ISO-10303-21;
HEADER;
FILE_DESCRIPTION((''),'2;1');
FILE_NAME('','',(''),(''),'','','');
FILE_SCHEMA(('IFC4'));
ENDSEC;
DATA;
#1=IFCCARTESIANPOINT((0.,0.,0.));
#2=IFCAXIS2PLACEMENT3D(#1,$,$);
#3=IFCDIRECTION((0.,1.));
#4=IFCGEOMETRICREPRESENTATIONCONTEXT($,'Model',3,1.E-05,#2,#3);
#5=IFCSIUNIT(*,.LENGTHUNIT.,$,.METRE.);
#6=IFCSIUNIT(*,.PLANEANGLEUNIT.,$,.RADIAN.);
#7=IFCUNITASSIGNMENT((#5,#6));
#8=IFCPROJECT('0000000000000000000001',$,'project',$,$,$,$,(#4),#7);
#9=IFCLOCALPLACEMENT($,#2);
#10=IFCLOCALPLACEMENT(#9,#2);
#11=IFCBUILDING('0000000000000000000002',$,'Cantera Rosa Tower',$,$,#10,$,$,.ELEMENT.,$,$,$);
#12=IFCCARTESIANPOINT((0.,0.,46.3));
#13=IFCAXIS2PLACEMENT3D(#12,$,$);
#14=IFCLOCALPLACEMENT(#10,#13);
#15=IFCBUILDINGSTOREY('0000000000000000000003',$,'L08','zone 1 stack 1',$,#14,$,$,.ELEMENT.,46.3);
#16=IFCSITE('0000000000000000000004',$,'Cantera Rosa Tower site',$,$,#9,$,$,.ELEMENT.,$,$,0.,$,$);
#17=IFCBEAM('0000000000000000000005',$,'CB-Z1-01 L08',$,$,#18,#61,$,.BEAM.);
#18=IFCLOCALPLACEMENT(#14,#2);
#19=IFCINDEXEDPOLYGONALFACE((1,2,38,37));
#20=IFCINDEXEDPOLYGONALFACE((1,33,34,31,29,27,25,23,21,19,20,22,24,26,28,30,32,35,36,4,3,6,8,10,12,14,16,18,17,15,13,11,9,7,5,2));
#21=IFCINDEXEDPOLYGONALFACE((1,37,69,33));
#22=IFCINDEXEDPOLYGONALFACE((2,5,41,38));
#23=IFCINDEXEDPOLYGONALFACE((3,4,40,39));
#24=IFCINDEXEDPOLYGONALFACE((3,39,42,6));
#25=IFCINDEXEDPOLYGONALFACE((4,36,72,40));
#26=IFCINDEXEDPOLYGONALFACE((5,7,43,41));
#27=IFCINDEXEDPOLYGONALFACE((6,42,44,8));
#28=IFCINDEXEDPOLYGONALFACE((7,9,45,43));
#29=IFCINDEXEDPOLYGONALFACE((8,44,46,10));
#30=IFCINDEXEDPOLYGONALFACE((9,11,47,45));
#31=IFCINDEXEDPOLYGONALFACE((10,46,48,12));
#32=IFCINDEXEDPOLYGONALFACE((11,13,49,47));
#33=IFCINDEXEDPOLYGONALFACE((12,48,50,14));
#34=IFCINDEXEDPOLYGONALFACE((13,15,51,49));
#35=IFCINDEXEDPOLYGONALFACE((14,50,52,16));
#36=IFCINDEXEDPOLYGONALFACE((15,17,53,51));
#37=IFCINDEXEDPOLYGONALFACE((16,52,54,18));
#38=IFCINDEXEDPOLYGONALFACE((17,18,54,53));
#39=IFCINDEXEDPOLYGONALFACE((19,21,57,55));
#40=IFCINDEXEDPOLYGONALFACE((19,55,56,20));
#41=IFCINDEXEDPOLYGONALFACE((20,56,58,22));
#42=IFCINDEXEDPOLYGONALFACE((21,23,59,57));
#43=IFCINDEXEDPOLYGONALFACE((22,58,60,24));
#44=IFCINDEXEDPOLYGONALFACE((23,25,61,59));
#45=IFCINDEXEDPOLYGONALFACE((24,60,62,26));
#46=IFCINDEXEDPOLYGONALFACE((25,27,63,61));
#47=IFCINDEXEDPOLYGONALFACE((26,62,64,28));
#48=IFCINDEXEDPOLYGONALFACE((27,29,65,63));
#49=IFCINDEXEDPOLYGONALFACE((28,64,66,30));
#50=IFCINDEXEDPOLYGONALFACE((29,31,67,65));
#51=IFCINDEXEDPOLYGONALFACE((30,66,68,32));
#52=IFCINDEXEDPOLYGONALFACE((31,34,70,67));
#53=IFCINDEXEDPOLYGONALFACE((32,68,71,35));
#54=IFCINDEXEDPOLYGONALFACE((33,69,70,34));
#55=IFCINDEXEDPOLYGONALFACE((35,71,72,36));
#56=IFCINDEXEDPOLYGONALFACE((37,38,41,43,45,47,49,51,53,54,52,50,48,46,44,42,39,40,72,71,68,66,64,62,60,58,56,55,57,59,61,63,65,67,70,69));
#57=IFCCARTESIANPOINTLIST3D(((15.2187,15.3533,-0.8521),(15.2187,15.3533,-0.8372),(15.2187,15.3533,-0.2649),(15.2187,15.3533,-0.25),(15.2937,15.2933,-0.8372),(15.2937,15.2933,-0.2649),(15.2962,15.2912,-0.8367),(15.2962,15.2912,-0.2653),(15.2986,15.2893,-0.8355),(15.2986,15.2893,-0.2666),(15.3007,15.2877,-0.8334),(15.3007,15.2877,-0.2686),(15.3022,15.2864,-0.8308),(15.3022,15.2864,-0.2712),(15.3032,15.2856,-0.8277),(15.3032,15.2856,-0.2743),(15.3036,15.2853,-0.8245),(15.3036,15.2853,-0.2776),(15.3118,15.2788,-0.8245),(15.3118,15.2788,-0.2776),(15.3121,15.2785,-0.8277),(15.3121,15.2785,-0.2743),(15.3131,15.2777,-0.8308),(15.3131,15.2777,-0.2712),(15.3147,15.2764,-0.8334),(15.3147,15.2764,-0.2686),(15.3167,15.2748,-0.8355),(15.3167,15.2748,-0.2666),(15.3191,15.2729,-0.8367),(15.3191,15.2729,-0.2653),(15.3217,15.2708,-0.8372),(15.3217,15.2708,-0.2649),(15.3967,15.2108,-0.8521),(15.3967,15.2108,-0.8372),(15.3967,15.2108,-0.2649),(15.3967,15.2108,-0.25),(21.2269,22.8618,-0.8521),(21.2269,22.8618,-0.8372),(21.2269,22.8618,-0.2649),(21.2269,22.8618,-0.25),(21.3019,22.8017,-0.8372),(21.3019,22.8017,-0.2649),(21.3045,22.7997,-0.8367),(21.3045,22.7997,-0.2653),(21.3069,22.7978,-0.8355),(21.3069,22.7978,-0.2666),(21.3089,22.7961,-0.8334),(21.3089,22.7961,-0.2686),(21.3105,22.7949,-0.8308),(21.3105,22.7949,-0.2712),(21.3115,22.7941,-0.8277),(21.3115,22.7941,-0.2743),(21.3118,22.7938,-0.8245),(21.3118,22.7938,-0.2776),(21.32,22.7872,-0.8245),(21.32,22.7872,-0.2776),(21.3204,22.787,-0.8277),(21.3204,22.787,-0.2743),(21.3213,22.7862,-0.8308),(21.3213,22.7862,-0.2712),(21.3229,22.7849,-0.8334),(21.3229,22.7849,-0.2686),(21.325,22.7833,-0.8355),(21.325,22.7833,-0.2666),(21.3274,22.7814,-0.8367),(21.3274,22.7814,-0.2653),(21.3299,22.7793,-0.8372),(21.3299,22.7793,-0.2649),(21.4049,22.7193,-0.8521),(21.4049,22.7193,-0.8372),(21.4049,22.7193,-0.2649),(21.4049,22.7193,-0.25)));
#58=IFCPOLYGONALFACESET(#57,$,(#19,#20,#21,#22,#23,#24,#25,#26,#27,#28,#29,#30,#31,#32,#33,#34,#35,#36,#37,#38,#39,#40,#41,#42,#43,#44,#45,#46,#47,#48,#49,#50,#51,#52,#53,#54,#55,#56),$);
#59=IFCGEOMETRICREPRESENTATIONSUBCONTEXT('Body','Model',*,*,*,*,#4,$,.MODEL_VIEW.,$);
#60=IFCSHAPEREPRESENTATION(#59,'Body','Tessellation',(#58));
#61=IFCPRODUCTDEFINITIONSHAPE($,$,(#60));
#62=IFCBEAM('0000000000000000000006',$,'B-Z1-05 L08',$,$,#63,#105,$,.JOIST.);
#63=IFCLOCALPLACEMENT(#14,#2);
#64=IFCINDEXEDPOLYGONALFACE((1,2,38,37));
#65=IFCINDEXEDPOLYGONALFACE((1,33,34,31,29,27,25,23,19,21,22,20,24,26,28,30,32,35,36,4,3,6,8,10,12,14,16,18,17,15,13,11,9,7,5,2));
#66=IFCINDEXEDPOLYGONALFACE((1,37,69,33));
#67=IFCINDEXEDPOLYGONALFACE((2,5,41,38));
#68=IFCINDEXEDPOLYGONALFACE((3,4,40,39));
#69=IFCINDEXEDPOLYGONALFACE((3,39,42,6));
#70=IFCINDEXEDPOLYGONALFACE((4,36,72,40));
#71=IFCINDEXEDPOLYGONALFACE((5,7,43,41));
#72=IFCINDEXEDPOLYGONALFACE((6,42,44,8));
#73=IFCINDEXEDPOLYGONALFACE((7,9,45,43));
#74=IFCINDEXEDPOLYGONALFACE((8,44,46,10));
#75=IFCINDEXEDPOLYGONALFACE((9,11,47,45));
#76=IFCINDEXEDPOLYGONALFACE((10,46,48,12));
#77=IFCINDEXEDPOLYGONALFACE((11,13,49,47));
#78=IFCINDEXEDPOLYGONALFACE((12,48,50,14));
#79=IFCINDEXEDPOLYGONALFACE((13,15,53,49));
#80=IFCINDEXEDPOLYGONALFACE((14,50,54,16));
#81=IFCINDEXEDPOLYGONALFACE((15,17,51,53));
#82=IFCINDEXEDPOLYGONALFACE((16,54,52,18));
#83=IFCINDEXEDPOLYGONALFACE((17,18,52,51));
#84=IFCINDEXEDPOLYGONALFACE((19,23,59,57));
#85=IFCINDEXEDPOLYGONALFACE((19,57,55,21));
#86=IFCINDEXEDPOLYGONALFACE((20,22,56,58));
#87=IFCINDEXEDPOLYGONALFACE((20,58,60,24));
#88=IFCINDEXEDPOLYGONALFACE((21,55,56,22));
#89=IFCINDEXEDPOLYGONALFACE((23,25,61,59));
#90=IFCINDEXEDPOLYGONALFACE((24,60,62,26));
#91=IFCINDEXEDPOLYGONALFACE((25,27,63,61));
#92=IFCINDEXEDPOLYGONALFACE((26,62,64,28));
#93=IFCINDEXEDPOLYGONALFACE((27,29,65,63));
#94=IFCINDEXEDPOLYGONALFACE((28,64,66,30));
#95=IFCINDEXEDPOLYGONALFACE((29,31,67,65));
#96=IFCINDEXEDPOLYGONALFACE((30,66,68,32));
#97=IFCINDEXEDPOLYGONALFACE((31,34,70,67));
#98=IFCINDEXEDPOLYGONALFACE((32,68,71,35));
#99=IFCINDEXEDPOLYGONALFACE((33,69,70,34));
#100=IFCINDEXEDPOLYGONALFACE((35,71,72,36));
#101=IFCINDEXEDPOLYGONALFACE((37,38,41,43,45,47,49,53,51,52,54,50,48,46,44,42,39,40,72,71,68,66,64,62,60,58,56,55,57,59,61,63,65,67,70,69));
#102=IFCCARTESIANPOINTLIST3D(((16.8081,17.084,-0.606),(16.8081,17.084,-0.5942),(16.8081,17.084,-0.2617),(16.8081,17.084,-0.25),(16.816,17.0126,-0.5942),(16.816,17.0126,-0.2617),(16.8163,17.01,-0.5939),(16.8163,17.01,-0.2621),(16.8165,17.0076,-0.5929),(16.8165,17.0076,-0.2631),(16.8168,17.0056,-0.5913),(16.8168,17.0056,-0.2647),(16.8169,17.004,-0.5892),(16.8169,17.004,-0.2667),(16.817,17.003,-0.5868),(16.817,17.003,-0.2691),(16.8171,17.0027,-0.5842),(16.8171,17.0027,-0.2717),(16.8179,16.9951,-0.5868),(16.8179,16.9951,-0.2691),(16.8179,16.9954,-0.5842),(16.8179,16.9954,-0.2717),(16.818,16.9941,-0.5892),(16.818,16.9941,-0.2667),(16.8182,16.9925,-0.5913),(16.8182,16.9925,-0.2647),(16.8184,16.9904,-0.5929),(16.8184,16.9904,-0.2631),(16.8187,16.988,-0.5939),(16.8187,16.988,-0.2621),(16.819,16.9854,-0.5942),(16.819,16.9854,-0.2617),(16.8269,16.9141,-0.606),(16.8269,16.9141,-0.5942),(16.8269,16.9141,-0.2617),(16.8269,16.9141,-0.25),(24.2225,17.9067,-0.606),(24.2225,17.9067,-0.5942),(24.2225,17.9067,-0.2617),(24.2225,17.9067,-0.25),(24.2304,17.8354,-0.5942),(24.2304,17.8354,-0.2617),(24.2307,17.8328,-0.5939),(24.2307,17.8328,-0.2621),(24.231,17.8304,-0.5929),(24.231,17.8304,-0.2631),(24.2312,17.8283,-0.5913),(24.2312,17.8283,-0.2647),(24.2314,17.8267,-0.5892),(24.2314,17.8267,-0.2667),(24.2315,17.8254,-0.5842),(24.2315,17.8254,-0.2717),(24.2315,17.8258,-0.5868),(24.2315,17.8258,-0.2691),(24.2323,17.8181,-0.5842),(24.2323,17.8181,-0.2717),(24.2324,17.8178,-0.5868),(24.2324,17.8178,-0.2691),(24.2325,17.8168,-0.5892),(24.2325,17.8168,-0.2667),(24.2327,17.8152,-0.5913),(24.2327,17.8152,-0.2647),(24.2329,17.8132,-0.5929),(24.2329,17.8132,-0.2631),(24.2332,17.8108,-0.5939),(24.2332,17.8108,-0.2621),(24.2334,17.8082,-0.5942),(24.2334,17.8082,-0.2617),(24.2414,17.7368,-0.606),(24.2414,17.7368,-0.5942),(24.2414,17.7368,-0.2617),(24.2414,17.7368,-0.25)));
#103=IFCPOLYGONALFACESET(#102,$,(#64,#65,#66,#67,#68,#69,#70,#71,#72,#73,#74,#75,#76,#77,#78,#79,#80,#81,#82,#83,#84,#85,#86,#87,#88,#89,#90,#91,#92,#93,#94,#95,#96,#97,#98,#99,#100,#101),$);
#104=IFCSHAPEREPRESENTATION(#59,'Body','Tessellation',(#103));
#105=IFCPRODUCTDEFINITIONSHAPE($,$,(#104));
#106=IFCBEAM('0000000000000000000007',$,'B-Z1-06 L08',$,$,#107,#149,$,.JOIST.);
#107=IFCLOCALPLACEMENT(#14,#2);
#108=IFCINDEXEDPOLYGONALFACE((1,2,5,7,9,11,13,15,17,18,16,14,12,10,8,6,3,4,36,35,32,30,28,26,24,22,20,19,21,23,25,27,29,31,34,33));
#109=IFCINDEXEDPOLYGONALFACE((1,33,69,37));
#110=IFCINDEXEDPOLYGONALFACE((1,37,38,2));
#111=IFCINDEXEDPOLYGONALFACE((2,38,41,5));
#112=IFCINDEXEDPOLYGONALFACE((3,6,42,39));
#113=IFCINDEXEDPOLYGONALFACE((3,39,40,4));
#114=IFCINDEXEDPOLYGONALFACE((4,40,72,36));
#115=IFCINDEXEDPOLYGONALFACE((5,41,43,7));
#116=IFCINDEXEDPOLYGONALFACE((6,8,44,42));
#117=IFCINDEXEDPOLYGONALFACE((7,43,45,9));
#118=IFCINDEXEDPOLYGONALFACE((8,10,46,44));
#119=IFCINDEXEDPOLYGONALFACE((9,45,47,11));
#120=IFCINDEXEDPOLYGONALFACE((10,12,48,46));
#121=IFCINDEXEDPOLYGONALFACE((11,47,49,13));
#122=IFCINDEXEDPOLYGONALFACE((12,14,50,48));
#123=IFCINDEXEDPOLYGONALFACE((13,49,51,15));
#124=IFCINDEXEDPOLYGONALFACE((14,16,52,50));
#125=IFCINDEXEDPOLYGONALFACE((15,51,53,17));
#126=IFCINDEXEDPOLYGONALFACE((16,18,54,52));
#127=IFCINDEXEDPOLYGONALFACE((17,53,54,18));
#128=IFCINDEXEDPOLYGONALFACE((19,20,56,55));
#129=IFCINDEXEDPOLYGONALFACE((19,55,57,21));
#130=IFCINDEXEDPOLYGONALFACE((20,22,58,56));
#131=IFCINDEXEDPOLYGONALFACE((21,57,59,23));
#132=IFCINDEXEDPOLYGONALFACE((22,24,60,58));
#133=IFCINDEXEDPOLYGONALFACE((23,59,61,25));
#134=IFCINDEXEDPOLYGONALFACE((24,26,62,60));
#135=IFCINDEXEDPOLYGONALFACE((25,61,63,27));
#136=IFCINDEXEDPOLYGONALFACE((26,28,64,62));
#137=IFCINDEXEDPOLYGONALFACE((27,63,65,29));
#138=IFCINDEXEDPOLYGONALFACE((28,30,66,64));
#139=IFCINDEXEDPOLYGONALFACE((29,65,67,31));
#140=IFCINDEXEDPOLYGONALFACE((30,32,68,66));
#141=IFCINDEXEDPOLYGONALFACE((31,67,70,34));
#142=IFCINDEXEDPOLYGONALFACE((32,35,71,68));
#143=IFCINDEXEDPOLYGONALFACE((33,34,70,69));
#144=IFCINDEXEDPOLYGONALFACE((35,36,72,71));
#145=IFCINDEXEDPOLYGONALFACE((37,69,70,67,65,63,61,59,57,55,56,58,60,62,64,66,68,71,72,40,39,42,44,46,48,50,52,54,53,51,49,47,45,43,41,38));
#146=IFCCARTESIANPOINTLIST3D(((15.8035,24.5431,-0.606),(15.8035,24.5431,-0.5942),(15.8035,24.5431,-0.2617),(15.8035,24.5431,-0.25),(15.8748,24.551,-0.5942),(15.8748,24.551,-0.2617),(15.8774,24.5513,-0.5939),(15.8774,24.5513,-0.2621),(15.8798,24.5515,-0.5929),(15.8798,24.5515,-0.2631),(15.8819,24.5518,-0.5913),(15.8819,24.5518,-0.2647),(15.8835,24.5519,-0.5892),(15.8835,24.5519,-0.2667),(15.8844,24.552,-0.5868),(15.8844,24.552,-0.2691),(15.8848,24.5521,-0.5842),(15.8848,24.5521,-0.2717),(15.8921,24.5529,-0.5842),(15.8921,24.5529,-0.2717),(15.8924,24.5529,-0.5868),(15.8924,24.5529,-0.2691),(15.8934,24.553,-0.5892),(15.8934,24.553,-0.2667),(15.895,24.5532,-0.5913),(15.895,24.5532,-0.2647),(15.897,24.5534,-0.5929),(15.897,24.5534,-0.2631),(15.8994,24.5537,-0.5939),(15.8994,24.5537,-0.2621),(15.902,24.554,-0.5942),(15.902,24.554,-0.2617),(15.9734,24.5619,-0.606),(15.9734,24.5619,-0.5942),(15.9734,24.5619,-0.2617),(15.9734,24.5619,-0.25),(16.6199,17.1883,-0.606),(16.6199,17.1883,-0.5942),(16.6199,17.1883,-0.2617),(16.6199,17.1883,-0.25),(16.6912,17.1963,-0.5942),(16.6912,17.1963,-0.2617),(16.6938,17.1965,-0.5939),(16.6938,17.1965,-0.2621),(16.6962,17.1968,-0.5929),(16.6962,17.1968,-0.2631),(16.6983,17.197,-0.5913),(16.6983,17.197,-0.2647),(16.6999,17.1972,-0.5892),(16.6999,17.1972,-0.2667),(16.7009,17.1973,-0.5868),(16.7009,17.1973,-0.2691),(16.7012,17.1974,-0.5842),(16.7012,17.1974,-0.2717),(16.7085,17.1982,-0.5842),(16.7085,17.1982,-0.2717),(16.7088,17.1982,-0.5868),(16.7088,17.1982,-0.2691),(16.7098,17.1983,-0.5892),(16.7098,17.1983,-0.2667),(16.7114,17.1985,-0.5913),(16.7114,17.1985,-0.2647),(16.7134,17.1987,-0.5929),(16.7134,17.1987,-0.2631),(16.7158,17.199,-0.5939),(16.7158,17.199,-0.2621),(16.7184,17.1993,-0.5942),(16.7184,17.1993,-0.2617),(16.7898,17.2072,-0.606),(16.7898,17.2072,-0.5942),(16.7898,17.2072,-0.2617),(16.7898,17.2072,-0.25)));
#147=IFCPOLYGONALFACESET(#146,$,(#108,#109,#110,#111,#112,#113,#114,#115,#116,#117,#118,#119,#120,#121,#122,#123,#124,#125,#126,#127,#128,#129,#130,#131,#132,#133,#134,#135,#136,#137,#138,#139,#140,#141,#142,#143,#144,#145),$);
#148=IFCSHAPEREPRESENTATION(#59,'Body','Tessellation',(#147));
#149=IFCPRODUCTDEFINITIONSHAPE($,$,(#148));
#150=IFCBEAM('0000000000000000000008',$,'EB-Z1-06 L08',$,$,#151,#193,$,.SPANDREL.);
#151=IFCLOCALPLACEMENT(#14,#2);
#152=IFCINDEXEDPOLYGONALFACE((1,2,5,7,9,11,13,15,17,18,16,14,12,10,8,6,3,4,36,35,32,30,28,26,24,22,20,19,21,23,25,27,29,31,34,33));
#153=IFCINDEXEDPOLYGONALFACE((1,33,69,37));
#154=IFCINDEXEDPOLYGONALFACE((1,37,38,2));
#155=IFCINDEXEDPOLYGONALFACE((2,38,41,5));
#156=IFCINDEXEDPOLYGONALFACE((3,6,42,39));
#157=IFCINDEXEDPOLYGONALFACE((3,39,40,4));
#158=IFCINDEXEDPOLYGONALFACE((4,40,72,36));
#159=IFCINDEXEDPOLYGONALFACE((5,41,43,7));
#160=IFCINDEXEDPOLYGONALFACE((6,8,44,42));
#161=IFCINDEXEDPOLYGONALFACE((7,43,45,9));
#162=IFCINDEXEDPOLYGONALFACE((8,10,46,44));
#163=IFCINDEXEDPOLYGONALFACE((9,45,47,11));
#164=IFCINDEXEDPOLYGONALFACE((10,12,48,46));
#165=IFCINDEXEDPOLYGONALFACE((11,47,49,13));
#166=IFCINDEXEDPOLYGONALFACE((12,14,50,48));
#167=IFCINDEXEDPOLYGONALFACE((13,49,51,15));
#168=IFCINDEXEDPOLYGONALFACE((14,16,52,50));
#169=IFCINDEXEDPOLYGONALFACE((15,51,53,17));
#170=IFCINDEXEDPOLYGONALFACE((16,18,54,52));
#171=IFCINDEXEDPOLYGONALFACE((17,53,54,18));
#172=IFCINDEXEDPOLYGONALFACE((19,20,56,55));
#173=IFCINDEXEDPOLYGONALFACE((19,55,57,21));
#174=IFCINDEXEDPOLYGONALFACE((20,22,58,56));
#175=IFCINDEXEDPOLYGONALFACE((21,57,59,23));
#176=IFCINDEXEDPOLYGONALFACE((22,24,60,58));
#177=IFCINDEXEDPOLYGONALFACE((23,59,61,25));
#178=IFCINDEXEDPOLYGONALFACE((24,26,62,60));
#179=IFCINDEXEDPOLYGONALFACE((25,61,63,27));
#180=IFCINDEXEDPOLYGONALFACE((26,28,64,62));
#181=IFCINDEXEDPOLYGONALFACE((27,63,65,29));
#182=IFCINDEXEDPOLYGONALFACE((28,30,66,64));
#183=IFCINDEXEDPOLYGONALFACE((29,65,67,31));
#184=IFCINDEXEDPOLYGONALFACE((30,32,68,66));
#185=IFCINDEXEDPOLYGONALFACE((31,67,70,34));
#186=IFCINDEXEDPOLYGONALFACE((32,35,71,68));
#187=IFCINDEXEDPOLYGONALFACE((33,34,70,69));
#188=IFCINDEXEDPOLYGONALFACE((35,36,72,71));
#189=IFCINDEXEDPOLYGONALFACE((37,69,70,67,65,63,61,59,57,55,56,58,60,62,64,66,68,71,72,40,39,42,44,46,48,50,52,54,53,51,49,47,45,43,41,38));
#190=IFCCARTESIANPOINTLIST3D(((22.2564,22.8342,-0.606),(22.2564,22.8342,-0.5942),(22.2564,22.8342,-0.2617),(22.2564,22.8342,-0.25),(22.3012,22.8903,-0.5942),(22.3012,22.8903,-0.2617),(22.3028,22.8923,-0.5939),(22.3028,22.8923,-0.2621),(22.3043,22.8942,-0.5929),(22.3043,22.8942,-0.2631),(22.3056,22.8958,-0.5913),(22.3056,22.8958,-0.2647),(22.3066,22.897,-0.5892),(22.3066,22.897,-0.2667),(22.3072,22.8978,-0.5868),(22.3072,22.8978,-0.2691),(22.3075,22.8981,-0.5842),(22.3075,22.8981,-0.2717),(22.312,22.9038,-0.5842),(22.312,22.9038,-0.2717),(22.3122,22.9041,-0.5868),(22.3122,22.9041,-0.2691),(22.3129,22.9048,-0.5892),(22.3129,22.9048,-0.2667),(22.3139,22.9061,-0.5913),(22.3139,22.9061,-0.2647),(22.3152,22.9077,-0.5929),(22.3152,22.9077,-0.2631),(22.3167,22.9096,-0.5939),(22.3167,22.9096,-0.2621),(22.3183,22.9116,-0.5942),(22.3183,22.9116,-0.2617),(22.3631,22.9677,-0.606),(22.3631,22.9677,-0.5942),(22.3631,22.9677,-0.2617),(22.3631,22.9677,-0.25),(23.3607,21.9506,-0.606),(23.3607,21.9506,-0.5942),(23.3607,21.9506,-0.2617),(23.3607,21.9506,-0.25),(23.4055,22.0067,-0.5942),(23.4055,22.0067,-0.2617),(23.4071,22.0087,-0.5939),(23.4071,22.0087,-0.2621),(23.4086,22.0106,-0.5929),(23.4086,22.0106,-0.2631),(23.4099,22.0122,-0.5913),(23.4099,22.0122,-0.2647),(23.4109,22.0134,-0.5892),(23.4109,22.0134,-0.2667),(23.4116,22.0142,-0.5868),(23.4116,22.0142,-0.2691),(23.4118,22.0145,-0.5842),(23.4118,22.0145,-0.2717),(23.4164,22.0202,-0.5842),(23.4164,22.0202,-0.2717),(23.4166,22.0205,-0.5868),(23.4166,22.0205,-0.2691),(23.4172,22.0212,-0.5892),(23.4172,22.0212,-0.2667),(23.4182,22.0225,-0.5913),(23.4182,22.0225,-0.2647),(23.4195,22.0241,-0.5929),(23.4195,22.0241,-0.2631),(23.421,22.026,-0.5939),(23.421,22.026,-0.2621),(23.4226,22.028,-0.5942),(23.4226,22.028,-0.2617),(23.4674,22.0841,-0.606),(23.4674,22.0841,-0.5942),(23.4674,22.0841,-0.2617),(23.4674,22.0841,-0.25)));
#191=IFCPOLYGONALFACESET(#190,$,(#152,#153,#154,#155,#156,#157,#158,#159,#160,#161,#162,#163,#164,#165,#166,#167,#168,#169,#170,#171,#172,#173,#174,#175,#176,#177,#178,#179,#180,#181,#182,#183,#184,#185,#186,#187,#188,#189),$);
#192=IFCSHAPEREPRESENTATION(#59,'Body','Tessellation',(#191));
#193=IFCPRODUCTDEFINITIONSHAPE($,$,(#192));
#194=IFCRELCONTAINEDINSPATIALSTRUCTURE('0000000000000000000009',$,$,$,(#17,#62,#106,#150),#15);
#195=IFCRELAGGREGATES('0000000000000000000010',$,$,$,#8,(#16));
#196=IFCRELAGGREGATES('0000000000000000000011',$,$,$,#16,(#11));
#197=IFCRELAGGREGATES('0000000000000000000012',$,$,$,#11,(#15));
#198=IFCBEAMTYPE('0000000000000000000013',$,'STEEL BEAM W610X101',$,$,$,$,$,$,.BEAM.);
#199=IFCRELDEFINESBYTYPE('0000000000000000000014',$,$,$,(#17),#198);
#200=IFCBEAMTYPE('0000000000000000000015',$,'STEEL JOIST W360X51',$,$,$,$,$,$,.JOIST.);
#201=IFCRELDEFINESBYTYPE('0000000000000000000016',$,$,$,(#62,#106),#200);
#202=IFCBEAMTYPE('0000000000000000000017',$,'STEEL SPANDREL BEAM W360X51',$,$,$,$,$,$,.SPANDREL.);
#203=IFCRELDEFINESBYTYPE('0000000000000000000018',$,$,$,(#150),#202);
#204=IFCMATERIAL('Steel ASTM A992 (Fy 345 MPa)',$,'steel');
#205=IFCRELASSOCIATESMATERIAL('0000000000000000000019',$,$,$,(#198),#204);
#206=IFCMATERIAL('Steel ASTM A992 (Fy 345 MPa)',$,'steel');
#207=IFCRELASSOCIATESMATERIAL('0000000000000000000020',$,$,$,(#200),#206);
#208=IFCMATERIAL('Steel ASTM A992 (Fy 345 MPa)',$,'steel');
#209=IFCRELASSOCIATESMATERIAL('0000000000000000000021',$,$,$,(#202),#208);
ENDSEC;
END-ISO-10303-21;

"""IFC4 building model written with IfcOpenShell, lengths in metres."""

from ifc_helpers import new_model, si_unit, direction, frame, origin, origin_2d, place, context, subcontext, project, spatial, i_section, extrude, material, material_profile, profile_set, type_object, element, save


model = new_model("IFC4")

# Units and contexts
model_context = context("Model", 3, precision=1e-05, world=origin(), true_north=direction((0.0, 1.0)))
body_context = subcontext(model_context, "Body", "Model", "MODEL_VIEW")
ifc_project = project(units=[si_unit("LENGTHUNIT", "METRE"), si_unit("PLANEANGLEUNIT", "RADIAN")], contexts=[model_context])

# Site, building, storey
site_placement = place(None, origin())
site = spatial("IfcSite", under=ifc_project, at=site_placement, Name="Cantera Rosa Tower site", CompositionType="ELEMENT", RefElevation=0.0)
building_placement = place(site_placement, origin())
building = spatial("IfcBuilding", under=site, at=building_placement, Name="Cantera Rosa Tower", CompositionType="ELEMENT")
storey_placement = place(building_placement, frame((0.0, 0.0, 46.3)))
storey = spatial("IfcBuildingStorey", under=building, at=storey_placement, Name="L08", Description="zone 1 stack 1", CompositionType="ELEMENT", Elevation=46.3)

# Beams
ifc_material_1 = material(Name="Steel ASTM A992 (Fy 345 MPa)", Category="steel")
ifc_material_profile_1 = material_profile(ifc_material_1, i_section(OverallWidth=0.228, OverallDepth=0.6021, WebThickness=0.0105, FlangeThickness=0.0149, FilletRadius=0.0127, at=origin_2d()), Name="W610X101")
ifc_profile_set_1 = profile_set([ifc_material_profile_1], Name="Steel ASTM A992 (Fy 345 MPa)")
beam_type_1 = type_object("IfcBeamType", Name="STEEL BEAM W610X101", PredefinedType="BEAM", material=ifc_profile_set_1)
beam_1_placement = place(storey_placement, frame((21.3159, 22.7905, -0.551), z_axis=(-0.624788, -0.780794, 0.0), x_axis=(0.780794, -0.624788, 0.0)))
element("IfcBeam", 1, at=beam_1_placement, inside=storey, type_object=beam_type_1, Name="CB-Z1-01 L08", PredefinedType="BEAM", context=body_context, shape_type="SweptSolid", body=[
    extrude(i_section(OverallWidth=0.228, OverallDepth=0.6021, WebThickness=0.0105, FlangeThickness=0.0149, FilletRadius=0.0127, at=origin_2d()), origin(), (0.0, 0.0, 1.0), 9.6165),
])
ifc_material_2 = material(Name="Steel ASTM A992 (Fy 345 MPa)", Category="steel")
ifc_material_profile_2 = material_profile(ifc_material_2, i_section(OverallWidth=0.1709, OverallDepth=0.356, WebThickness=0.0073, FlangeThickness=0.0117, FilletRadius=0.01, at=origin_2d()), Name="W360X51")
ifc_profile_set_2 = profile_set([ifc_material_profile_2], Name="Steel ASTM A992 (Fy 345 MPa)")
beam_type_2 = type_object("IfcBeamType", Name="STEEL JOIST W360X51", PredefinedType="JOIST", material=ifc_profile_set_2)
beam_2_placement = place(storey_placement, frame((24.2319, 17.8218, -0.428), z_axis=(-0.9939, -0.110288, 0.0), x_axis=(0.110288, -0.9939, 0.0)))
element("IfcBeam", 2, at=beam_2_placement, inside=storey, type_object=beam_type_2, Name="B-Z1-05 L08", PredefinedType="JOIST", context=body_context, shape_type="SweptSolid", body=[
    extrude(i_section(OverallWidth=0.1709, OverallDepth=0.356, WebThickness=0.0073, FlangeThickness=0.0117, FilletRadius=0.01, at=origin_2d()), origin(), (0.0, 0.0, 1.0), 7.46),
])
beam_3_placement = place(storey_placement, frame((15.8884, 24.5525, -0.428), z_axis=(0.110327, -0.993895, 0.0), x_axis=(0.993895, 0.110327, 0.0)))
element("IfcBeam", 3, at=beam_3_placement, inside=storey, type_object=beam_type_2, Name="B-Z1-06 L08", PredefinedType="JOIST", context=body_context, shape_type="SweptSolid", body=[
    extrude(i_section(OverallWidth=0.1709, OverallDepth=0.356, WebThickness=0.0073, FlangeThickness=0.0117, FilletRadius=0.01, at=origin_2d()), origin(), (0.0, 0.0, 1.0), 7.3999),
])
ifc_material_3 = material(Name="Steel ASTM A992 (Fy 345 MPa)", Category="steel")
ifc_material_profile_3 = material_profile(ifc_material_3, i_section(OverallWidth=0.1709, OverallDepth=0.356, WebThickness=0.0073, FlangeThickness=0.0117, FilletRadius=0.01, at=origin_2d()), Name="W360X51")
ifc_profile_set_3 = profile_set([ifc_material_profile_3], Name="Steel ASTM A992 (Fy 345 MPa)")
beam_type_3 = type_object("IfcBeamType", Name="STEEL SPANDREL BEAM W360X51", PredefinedType="SPANDREL", material=ifc_profile_set_3)
for number, where, z_axis, x_axis, name in (
    (4, (23.4141, 22.0173, -0.428), (-0.780818, 0.624758, 0.0), (-0.624758, -0.780818, 0.0), "EB-Z1-06 L08"),
):
    element("IfcBeam", number, at=place(storey_placement, frame(where, z_axis=z_axis, x_axis=x_axis)), inside=storey, type_object=beam_type_3, Name=name, PredefinedType="SPANDREL", context=body_context, shape_type="SweptSolid", body=[
        extrude(i_section(OverallWidth=0.1709, OverallDepth=0.356, WebThickness=0.0073, FlangeThickness=0.0117, FilletRadius=0.01, at=origin_2d()), origin(), (0.0, 0.0, 1.0), 1.4143),
    ])

save(model, "model.ifc")
